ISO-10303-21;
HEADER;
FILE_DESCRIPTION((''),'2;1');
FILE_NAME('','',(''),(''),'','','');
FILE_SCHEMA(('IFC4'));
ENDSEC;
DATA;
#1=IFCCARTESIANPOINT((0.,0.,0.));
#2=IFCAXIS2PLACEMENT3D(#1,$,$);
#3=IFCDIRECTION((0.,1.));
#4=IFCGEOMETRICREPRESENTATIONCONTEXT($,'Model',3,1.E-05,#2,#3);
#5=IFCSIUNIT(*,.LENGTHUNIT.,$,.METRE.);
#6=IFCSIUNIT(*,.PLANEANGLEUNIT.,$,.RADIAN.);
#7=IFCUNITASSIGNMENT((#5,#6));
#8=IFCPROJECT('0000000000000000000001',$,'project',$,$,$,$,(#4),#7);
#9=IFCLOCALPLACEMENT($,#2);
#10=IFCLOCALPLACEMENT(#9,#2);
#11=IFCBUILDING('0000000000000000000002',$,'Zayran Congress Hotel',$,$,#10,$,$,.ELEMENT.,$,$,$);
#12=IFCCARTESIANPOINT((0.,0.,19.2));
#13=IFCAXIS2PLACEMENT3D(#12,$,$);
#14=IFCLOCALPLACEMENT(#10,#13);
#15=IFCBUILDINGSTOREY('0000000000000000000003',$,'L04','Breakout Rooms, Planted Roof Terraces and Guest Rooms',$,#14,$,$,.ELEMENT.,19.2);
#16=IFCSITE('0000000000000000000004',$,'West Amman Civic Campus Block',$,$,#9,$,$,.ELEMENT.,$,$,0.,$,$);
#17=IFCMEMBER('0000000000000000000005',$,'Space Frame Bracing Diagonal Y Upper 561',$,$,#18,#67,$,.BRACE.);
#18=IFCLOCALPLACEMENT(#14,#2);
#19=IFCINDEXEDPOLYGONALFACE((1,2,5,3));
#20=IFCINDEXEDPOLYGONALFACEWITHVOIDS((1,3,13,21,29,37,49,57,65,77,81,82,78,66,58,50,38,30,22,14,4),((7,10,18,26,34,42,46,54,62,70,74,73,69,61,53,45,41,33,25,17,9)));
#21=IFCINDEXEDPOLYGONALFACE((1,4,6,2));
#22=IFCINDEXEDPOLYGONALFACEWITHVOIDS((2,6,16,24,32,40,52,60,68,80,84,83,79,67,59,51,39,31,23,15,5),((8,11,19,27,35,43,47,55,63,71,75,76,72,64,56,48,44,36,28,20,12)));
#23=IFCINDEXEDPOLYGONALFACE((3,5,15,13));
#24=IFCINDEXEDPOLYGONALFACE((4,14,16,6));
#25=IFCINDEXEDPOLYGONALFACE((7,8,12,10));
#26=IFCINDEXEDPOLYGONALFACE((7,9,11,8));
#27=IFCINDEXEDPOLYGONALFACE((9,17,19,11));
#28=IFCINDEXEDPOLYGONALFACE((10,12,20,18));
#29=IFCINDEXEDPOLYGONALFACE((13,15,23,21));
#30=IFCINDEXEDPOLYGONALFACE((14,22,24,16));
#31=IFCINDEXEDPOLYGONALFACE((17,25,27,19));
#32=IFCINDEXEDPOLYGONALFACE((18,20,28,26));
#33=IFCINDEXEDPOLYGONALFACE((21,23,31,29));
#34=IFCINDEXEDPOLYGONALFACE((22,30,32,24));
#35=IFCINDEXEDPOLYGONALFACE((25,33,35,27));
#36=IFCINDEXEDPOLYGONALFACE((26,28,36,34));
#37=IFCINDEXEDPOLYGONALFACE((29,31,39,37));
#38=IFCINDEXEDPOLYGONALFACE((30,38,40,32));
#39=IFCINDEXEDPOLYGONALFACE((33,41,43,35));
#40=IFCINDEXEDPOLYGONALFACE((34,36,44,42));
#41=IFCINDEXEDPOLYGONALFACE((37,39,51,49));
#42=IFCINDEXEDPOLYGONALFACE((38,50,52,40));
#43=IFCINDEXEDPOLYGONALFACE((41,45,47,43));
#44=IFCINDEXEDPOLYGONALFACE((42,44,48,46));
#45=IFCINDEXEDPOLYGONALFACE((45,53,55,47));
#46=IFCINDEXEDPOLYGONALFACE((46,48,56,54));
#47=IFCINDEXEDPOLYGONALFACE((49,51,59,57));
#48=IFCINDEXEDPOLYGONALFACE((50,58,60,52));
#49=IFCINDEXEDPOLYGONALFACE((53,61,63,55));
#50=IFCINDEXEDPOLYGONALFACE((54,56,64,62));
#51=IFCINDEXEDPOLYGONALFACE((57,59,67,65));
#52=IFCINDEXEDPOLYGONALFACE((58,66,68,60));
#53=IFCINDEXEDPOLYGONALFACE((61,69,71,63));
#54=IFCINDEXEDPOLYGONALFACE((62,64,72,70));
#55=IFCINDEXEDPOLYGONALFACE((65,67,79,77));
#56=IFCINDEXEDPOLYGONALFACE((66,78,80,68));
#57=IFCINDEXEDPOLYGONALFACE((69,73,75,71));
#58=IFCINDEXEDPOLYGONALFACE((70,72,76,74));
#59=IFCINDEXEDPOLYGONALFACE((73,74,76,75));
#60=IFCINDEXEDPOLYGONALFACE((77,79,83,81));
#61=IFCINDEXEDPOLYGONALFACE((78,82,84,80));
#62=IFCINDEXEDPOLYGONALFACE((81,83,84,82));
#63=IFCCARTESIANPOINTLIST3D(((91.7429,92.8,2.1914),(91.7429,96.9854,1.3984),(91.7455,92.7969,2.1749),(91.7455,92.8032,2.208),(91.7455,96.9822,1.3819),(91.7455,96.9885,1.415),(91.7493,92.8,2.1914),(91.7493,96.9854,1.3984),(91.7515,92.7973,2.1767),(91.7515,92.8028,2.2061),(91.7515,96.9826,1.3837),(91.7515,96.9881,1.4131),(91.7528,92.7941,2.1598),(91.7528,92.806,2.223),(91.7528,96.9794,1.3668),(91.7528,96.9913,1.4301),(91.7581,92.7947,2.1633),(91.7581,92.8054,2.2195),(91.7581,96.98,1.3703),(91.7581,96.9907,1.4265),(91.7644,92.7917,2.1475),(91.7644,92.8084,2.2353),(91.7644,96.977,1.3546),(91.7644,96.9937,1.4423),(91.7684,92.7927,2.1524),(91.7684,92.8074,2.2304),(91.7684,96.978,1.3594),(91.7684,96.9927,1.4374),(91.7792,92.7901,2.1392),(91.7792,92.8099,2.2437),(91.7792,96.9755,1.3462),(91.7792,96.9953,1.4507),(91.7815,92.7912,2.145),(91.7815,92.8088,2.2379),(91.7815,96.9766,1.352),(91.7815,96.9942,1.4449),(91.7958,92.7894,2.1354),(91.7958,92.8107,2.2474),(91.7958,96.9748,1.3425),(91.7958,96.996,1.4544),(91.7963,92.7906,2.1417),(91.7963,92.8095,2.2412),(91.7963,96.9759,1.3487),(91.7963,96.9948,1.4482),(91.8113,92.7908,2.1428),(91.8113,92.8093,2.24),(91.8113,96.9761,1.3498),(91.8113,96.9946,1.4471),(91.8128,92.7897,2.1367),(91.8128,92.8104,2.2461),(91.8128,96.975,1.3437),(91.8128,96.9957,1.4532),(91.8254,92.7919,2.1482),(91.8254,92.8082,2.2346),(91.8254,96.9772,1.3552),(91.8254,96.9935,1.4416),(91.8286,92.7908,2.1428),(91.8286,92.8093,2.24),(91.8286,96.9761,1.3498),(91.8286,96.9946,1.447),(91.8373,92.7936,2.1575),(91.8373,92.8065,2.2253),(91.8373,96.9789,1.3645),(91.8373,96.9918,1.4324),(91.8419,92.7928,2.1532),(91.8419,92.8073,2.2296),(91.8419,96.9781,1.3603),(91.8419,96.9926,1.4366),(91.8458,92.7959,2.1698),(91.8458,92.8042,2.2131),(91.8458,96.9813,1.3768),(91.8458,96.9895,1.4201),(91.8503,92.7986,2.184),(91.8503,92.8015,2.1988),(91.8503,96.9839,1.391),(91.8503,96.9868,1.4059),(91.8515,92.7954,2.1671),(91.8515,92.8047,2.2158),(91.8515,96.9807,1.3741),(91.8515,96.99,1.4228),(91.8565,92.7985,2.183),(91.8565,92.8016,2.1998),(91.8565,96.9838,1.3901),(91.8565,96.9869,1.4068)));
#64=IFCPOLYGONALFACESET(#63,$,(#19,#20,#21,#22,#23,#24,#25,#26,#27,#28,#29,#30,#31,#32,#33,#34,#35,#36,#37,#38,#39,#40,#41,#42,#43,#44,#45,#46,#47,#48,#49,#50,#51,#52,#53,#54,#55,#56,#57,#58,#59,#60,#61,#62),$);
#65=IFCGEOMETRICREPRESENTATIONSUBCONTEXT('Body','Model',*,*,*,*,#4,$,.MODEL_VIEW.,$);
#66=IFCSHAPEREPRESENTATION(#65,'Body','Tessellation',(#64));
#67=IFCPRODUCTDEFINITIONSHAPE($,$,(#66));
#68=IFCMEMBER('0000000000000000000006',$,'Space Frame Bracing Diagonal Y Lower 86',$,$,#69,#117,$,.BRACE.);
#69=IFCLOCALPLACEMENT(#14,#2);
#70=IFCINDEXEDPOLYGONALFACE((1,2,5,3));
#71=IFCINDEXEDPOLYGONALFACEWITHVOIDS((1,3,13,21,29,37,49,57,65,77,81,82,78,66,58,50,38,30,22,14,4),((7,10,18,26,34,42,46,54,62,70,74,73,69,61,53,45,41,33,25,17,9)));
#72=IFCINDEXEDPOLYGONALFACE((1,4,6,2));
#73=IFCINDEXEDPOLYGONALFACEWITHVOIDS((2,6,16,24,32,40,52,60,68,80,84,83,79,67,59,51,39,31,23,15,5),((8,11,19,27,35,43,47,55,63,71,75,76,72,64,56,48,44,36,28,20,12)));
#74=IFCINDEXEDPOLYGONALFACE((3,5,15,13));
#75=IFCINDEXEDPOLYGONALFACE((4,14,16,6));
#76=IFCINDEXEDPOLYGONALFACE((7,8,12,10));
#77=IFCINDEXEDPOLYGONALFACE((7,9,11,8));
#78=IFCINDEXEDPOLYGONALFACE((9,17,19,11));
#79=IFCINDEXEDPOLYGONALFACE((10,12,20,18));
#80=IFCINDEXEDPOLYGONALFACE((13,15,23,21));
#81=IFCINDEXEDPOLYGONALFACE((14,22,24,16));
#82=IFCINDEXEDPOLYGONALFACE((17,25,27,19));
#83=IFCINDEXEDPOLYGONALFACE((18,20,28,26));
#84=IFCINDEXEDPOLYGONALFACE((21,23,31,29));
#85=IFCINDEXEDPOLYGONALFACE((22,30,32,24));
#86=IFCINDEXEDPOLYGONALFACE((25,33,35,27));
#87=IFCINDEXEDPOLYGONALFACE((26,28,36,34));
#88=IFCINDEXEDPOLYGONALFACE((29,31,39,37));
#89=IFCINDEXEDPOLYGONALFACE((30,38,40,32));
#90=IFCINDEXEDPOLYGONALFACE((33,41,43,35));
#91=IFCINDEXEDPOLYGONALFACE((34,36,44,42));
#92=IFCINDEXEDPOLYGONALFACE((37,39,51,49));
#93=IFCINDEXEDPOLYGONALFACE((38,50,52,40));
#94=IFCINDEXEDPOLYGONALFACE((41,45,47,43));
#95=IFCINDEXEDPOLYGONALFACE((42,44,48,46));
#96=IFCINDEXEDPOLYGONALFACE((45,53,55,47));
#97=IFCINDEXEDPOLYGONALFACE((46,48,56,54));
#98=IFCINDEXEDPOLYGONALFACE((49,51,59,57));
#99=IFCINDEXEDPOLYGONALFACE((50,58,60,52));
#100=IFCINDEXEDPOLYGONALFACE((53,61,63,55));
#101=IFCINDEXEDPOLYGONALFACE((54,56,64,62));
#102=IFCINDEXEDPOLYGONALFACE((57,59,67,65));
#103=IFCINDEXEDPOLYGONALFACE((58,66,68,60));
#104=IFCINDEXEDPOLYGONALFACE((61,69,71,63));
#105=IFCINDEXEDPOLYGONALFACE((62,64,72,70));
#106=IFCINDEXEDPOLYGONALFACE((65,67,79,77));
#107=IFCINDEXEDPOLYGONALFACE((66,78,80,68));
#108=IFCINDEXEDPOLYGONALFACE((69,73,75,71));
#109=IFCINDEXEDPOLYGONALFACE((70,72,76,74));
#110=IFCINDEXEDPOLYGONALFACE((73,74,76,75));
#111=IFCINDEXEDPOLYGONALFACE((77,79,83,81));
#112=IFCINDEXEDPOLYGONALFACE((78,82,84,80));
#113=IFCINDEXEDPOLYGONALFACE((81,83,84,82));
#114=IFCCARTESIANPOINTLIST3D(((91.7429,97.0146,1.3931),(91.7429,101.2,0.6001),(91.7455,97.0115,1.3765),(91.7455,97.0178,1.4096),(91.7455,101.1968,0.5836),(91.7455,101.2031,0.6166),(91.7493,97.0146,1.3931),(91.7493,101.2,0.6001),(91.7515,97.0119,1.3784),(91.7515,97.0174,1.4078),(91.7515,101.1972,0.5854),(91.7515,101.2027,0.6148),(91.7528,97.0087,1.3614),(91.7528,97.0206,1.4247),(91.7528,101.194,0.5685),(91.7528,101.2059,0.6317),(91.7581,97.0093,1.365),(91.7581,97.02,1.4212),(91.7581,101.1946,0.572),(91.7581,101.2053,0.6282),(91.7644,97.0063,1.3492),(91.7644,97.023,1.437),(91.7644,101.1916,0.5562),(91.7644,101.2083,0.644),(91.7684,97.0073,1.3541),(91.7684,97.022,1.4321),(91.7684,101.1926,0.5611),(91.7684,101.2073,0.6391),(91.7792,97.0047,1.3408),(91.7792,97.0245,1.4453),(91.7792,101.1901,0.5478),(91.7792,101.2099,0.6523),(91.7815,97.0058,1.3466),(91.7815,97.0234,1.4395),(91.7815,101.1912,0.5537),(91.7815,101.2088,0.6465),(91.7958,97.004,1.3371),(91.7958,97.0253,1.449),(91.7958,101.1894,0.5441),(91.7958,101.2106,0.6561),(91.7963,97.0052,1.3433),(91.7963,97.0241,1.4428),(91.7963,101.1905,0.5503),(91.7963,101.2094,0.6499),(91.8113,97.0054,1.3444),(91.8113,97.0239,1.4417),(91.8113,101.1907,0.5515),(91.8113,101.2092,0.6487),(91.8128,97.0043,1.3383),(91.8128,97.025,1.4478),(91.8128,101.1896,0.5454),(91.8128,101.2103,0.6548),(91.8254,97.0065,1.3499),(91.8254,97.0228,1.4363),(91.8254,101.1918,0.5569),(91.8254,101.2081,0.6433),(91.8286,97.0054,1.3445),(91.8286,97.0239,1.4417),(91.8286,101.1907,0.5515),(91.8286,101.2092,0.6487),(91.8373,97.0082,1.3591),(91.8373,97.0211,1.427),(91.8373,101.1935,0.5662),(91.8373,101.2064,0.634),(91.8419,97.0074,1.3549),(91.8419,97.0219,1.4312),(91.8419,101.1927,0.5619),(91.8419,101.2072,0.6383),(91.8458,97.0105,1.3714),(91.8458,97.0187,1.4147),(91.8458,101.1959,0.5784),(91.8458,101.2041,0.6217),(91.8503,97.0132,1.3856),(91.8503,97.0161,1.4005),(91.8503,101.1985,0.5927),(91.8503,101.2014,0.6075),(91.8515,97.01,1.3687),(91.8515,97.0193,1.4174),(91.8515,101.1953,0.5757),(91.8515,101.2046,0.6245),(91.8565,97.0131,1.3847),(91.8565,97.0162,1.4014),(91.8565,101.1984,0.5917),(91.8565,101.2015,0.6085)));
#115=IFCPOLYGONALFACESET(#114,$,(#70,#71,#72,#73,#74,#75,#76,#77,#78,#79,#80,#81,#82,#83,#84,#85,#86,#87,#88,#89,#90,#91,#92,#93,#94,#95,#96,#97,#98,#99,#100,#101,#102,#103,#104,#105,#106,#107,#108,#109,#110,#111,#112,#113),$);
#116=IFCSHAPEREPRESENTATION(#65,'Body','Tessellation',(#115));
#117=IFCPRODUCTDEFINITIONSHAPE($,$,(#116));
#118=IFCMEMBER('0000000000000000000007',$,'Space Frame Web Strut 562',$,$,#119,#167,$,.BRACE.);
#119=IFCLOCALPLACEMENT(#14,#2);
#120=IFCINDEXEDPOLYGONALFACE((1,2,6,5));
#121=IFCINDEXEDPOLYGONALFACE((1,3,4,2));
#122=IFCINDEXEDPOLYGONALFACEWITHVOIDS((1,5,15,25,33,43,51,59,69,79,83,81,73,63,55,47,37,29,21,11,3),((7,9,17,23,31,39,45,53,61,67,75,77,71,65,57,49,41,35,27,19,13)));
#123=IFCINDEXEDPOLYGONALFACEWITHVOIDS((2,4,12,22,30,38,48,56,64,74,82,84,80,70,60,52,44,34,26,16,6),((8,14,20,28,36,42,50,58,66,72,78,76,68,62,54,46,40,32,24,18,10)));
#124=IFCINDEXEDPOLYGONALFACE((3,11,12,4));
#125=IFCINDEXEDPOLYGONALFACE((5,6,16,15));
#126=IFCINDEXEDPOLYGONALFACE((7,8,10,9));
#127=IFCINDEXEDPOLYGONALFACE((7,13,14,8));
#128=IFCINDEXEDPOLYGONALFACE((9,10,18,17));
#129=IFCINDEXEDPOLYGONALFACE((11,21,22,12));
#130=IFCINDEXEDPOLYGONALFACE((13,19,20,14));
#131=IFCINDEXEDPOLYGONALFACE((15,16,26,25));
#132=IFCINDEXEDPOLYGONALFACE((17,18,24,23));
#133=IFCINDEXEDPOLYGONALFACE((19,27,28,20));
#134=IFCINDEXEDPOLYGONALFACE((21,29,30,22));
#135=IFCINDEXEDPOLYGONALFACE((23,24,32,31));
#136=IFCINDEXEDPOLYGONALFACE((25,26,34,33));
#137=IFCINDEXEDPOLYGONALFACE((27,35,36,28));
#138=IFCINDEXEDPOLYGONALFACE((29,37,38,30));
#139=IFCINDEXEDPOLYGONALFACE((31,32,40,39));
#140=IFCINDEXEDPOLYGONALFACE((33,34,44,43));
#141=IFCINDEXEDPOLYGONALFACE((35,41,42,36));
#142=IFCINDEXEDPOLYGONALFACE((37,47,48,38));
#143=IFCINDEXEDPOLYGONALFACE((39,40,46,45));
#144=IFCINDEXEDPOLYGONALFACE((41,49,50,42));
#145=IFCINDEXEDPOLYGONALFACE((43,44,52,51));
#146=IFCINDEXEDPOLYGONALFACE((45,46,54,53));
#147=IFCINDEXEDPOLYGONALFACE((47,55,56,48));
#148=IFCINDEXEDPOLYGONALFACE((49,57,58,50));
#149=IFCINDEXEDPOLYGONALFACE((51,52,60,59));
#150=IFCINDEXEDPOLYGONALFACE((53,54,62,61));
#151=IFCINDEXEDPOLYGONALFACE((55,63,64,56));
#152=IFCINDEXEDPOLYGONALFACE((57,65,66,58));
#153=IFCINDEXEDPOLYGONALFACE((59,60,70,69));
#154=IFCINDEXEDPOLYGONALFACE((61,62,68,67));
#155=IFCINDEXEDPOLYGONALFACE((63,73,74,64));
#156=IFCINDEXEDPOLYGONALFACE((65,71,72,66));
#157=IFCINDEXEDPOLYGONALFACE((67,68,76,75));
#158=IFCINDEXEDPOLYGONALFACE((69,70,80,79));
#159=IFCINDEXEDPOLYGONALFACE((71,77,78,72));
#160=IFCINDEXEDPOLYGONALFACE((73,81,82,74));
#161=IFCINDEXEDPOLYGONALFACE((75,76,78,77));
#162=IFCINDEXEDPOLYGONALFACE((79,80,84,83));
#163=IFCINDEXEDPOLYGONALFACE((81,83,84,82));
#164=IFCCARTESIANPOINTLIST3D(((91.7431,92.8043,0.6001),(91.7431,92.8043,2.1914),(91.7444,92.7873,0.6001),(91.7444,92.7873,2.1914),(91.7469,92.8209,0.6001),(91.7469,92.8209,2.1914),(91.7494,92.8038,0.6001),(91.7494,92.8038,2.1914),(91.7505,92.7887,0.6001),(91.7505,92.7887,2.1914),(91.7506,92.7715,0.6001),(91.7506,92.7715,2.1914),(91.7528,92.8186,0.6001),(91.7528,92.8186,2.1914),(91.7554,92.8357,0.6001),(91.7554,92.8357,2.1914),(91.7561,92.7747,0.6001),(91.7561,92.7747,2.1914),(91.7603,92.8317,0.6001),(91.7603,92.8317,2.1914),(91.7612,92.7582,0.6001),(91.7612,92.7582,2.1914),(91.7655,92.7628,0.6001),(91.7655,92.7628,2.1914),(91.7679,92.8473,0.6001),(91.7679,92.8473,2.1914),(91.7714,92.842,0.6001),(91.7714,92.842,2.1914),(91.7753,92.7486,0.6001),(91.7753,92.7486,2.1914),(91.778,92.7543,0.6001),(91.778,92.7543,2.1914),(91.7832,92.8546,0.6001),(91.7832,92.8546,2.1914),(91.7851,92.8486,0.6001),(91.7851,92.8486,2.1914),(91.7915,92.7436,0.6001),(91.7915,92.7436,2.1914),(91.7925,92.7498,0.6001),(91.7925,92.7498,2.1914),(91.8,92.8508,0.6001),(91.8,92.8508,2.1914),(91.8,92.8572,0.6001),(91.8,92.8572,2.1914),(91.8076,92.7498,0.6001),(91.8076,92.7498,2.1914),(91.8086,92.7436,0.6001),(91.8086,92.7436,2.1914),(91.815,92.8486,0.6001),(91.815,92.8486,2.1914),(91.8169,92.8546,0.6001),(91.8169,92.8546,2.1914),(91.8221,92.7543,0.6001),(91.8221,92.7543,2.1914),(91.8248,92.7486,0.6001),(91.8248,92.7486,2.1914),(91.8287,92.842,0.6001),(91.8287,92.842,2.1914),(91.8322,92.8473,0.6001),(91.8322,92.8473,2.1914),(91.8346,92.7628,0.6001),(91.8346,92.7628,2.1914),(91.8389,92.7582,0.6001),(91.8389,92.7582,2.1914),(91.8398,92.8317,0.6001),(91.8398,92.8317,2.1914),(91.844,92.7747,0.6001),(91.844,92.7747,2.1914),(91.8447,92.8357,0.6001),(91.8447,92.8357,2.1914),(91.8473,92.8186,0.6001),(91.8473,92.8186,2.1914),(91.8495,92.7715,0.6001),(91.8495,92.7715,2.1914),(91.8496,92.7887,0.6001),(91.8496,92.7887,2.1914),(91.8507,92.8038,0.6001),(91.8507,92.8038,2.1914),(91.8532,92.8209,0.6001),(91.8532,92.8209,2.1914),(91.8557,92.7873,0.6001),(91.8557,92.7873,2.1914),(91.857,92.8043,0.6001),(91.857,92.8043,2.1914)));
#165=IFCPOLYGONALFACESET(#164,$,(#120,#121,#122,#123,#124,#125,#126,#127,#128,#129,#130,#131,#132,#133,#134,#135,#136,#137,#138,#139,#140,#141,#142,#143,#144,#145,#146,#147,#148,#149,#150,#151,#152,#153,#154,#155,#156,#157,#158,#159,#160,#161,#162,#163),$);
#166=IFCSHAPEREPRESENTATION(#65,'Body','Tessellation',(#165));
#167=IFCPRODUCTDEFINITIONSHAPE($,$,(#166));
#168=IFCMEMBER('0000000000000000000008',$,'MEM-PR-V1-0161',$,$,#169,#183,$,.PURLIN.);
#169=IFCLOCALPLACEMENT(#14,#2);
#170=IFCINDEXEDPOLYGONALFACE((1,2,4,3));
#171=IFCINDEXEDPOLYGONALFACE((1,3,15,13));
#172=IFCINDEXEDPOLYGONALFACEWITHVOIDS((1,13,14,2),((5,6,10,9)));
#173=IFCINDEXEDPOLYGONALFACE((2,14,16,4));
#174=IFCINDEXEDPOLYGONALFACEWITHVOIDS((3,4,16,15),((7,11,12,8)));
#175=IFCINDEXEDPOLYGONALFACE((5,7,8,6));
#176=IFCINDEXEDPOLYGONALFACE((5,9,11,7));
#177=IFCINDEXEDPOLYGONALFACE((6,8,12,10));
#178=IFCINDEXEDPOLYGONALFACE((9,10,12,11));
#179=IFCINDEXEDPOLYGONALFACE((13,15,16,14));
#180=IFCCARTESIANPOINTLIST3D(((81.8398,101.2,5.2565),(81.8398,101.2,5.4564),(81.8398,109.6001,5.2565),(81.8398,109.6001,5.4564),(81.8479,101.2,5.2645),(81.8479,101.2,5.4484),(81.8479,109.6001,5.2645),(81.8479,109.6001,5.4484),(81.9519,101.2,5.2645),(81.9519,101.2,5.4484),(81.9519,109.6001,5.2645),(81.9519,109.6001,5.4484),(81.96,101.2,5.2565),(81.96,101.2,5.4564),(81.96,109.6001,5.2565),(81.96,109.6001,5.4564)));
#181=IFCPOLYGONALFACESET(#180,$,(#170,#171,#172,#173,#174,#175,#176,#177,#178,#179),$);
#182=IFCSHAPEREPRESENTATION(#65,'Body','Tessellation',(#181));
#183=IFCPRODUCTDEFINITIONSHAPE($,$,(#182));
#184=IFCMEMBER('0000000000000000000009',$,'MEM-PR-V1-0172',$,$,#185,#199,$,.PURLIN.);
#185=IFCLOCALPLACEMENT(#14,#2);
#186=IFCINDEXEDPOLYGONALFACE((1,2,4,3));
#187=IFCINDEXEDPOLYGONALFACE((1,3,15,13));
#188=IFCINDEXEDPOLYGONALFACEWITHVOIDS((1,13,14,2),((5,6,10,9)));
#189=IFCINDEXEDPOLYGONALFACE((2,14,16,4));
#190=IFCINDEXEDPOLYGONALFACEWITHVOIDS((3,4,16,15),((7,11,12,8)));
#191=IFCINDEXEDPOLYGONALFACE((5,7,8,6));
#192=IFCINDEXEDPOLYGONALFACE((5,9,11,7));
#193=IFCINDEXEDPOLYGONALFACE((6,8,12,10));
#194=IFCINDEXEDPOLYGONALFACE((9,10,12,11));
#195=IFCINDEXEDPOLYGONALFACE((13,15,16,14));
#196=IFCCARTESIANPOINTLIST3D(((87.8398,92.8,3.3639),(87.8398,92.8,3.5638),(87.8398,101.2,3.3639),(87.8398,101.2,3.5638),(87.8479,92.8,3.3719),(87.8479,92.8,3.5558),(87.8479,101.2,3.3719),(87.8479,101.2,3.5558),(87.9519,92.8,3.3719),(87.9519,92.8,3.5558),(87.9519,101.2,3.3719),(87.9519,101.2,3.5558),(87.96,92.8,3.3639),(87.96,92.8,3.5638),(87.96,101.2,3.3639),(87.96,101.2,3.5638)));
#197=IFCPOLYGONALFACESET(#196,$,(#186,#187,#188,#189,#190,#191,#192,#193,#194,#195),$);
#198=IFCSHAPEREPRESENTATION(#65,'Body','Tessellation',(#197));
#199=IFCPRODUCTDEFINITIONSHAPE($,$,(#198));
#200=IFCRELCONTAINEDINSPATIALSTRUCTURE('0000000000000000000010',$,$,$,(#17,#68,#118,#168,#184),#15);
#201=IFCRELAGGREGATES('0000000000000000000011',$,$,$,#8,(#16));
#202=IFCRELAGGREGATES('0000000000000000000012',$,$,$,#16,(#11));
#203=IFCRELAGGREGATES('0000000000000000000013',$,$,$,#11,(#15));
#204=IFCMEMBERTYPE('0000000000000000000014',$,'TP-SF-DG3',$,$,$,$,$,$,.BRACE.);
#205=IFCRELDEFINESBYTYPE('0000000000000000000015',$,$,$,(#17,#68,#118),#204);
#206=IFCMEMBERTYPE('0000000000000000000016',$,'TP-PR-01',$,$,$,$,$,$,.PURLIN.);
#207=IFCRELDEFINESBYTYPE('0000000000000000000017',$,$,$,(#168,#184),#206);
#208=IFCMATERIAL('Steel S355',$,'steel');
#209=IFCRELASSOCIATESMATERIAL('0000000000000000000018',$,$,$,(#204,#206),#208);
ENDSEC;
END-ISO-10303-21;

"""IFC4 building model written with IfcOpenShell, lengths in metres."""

from ifc_helpers import new_model, si_unit, direction, frame, origin, origin_2d, place, context, subcontext, project, spatial, hollow_rectangle, hollow_circle, extrude, material, material_profile, profile_set, type_object, element, save


model = new_model("IFC4")

# Units and contexts
model_context = context("Model", 3, precision=1e-05, world=origin(), true_north=direction((0.0, 1.0)))
body_context = subcontext(model_context, "Body", "Model", "MODEL_VIEW")
ifc_project = project(units=[si_unit("LENGTHUNIT", "METRE"), si_unit("PLANEANGLEUNIT", "RADIAN")], contexts=[model_context])

# Site, building, storey
site_placement = place(None, origin())
site = spatial("IfcSite", under=ifc_project, at=site_placement, Name="West Amman Civic Campus Block", CompositionType="ELEMENT", RefElevation=0.0)
building_placement = place(site_placement, origin())
building = spatial("IfcBuilding", under=site, at=building_placement, Name="Zayran Congress Hotel", CompositionType="ELEMENT")
storey_placement = place(building_placement, frame((0.0, 0.0, 19.2)))
storey = spatial("IfcBuildingStorey", under=building, at=storey_placement, Name="L04", Description="Breakout Rooms, Planted Roof Terraces and Guest Rooms", CompositionType="ELEMENT", Elevation=19.2)

# Shared definitions
ifc_material_1 = material(Name="Steel S355", Category="steel")

# Members
ifc_material_profile_1 = material_profile(ifc_material_1, hollow_circle(Radius=0.0571, WallThickness=0.0063, at=origin_2d()), Name="CHS 114.3x6.3")
ifc_profile_set_1 = profile_set([ifc_material_profile_1], Name="Steel S355")
member_type_1 = type_object("IfcMemberType", Name="TP-SF-DG3", PredefinedType="BRACE", material=ifc_profile_set_1)
for number, where, z_axis, x_axis, name in (
    (1, (91.8, 92.8, 2.1914), (0.0, 0.982521, -0.186153), (-1.0, 0.0, 0.0), "Space Frame Bracing Diagonal Y Upper 561"),
    (2, (91.8, 97.0146, 1.3931), (0.0, 0.982521, -0.186153), (-1.0, 0.0, 0.0), "Space Frame Bracing Diagonal Y Lower 86"),
):
    element("IfcMember", number, at=place(storey_placement, frame(where, z_axis=z_axis, x_axis=x_axis)), inside=storey, type_object=member_type_1, Name=name, PredefinedType="BRACE", context=body_context, shape_type="SweptSolid", body=[
        extrude(hollow_circle(Radius=0.0571, WallThickness=0.0063, at=origin_2d()), origin(), (0.0, 0.0, 1.0), 4.2598),
    ])
member_1_placement = place(storey_placement, frame((91.8, 92.8, 0.6001), z_axis=(0.0, 0.0, 1.0), x_axis=(0.0, 1.0, 0.0)))
element("IfcMember", 3, at=member_1_placement, inside=storey, type_object=member_type_1, Name="Space Frame Web Strut 562", PredefinedType="BRACE", context=body_context, shape_type="SweptSolid", body=[
    extrude(hollow_circle(Radius=0.0571, WallThickness=0.0063, at=origin_2d()), origin(), (0.0, 0.0, 1.0), 1.5913),
])
ifc_material_profile_2 = material_profile(ifc_material_1, hollow_rectangle(XDim=0.1201, YDim=0.2, WallThickness=0.0081, at=origin_2d()), Name="RHS 200x120x8")
ifc_profile_set_2 = profile_set([ifc_material_profile_2], Name="Steel S355")
member_type_2 = type_object("IfcMemberType", Name="TP-PR-01", PredefinedType="PURLIN", material=ifc_profile_set_2)
member_2_placement = place(storey_placement, frame((81.8999, 101.2, 5.3564), z_axis=(0.0, 1.0, 0.0), x_axis=(-1.0, 0.0, 0.0)))
element("IfcMember", 4, at=member_2_placement, inside=storey, type_object=member_type_2, Name="MEM-PR-V1-0161", PredefinedType="PURLIN", context=body_context, shape_type="SweptSolid", body=[
    extrude(hollow_rectangle(XDim=0.1201, YDim=0.2, WallThickness=0.0081, at=origin_2d()), origin(), (0.0, 0.0, 1.0), 8.4001),
])
for number, where, z_axis, x_axis, name in (
    (5, (87.8999, 92.8, 3.4639), (0.0, 1.0, 0.0), (-1.0, 0.0, 0.0), "MEM-PR-V1-0172"),
):
    element("IfcMember", number, at=place(storey_placement, frame(where, z_axis=z_axis, x_axis=x_axis)), inside=storey, type_object=member_type_2, Name=name, PredefinedType="PURLIN", context=body_context, shape_type="SweptSolid", body=[
        extrude(hollow_rectangle(XDim=0.1201, YDim=0.2, WallThickness=0.0081, at=origin_2d()), origin(), (0.0, 0.0, 1.0), 8.3999),
    ])

save(model, "model.ifc")
